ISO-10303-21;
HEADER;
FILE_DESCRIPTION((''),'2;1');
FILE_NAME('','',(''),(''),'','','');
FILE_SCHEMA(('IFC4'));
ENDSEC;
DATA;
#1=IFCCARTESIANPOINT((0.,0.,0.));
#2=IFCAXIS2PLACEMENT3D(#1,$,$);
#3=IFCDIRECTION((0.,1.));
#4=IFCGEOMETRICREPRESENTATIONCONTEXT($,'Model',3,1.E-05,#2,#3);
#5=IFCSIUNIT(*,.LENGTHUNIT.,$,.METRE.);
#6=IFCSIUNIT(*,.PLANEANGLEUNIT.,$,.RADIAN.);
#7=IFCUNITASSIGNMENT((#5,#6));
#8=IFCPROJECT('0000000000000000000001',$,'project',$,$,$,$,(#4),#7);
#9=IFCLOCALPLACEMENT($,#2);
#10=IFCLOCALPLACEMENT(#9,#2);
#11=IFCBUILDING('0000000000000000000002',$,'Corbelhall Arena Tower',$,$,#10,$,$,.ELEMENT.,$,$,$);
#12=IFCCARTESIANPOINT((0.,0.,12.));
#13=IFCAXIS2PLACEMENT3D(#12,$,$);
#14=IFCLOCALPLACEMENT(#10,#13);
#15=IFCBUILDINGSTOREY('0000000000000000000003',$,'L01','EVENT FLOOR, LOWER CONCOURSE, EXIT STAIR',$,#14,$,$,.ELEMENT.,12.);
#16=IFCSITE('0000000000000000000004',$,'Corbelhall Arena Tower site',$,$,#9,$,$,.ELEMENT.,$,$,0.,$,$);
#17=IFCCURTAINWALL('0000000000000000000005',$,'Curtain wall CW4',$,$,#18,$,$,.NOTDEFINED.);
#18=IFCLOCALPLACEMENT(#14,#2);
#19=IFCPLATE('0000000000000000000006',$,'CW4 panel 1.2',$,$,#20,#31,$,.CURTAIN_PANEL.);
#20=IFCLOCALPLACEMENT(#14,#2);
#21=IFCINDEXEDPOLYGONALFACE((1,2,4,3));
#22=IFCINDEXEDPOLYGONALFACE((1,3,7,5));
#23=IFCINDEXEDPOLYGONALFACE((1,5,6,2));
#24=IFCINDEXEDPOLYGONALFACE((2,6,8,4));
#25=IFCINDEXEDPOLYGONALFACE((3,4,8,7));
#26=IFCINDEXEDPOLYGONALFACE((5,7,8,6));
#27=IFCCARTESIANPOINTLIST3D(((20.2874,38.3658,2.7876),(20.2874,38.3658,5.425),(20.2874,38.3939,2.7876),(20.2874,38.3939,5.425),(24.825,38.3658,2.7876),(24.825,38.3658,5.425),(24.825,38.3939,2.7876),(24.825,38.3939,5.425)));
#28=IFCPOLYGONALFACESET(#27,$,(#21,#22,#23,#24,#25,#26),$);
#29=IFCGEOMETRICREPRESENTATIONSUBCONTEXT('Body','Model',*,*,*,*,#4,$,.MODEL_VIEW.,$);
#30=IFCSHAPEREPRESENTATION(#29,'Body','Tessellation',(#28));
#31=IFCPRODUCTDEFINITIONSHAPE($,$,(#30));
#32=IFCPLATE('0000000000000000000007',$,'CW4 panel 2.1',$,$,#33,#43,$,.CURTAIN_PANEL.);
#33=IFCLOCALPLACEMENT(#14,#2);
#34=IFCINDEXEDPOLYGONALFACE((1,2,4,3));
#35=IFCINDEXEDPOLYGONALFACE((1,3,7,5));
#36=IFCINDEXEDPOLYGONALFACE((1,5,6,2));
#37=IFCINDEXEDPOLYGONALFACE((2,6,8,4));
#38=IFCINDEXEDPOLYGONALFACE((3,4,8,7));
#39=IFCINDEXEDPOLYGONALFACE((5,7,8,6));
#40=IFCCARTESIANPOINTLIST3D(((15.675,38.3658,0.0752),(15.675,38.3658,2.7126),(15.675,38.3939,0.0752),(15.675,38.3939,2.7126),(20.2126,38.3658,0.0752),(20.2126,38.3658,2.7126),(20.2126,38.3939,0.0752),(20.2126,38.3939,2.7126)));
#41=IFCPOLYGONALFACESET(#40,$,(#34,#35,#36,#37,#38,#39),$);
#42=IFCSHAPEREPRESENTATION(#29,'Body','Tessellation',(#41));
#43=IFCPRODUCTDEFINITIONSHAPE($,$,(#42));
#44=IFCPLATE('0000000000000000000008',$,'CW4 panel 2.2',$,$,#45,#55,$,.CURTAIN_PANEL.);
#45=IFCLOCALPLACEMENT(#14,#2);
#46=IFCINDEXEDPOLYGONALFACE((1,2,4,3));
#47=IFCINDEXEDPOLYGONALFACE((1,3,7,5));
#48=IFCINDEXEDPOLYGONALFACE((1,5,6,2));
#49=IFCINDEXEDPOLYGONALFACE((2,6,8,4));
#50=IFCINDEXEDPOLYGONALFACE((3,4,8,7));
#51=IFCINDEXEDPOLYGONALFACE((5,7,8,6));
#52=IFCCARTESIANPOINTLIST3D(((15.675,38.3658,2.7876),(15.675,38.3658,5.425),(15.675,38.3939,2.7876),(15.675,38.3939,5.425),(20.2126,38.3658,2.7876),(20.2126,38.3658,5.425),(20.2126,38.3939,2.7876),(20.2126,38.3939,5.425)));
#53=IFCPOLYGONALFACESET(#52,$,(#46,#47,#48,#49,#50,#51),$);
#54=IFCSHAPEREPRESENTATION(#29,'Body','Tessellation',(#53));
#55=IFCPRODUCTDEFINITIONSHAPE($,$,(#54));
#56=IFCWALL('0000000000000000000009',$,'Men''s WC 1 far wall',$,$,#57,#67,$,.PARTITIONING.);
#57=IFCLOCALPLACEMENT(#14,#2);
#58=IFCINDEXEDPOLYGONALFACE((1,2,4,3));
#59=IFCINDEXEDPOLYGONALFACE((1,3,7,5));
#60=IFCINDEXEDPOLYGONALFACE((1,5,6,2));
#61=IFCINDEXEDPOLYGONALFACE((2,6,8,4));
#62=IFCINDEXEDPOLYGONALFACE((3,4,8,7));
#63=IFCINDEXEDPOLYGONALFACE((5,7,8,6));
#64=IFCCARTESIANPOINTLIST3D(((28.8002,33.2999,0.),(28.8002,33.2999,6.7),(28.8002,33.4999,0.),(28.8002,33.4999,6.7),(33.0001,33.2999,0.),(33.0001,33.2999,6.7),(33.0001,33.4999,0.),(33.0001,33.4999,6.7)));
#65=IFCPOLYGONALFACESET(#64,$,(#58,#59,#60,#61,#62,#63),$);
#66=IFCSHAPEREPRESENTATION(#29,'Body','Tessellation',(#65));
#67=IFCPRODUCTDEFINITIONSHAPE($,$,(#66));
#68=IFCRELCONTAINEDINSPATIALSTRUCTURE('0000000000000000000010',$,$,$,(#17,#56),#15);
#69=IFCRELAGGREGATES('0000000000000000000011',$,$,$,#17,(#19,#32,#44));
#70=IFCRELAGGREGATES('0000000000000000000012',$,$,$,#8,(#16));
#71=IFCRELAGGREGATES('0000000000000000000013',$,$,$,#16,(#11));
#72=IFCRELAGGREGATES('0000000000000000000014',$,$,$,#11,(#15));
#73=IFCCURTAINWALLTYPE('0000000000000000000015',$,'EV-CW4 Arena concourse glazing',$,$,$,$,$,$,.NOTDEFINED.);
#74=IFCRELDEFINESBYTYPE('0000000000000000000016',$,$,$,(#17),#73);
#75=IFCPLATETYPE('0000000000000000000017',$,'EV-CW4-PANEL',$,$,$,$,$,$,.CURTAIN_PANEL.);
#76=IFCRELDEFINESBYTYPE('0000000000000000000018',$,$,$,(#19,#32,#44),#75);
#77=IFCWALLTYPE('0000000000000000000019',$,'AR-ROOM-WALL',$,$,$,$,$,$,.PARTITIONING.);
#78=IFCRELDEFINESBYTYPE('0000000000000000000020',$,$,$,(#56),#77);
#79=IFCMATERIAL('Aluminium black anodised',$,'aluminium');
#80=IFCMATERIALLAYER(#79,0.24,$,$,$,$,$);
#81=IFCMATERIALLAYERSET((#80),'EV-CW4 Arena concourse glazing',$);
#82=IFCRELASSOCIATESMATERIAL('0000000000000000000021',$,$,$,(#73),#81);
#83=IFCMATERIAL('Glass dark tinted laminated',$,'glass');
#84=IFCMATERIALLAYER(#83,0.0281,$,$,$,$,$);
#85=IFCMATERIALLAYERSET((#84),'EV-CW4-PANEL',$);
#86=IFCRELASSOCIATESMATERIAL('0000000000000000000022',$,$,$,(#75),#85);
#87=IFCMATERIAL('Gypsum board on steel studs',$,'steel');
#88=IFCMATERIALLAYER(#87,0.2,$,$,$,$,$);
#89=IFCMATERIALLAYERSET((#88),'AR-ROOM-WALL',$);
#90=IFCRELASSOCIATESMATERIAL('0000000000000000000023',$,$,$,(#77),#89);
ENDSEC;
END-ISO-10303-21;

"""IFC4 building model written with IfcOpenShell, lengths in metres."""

from ifc_helpers import new_model, si_unit, direction, frame, frame_2d, origin, origin_2d, place, context, subcontext, project, spatial, rectangle, extrude, material, layer, layer_set, type_object, element, aggregate, save


model = new_model("IFC4")

# Units and contexts
model_context = context("Model", 3, precision=1e-05, world=origin(), true_north=direction((0.0, 1.0)))
body_context = subcontext(model_context, "Body", "Model", "MODEL_VIEW")
ifc_project = project(units=[si_unit("LENGTHUNIT", "METRE"), si_unit("PLANEANGLEUNIT", "RADIAN")], contexts=[model_context])

# Site, building, storey
site_placement = place(None, origin())
site = spatial("IfcSite", under=ifc_project, at=site_placement, Name="Corbelhall Arena Tower site", CompositionType="ELEMENT", RefElevation=0.0)
building_placement = place(site_placement, origin())
building = spatial("IfcBuilding", under=site, at=building_placement, Name="Corbelhall Arena Tower", CompositionType="ELEMENT")
storey_placement = place(building_placement, frame((0.0, 0.0, 12.0)))
storey = spatial("IfcBuildingStorey", under=building, at=storey_placement, Name="L01", Description="EVENT FLOOR, LOWER CONCOURSE, EXIT STAIR", CompositionType="ELEMENT", Elevation=12.0)

# Shared definitions
ifc_material_1 = material(Name="Aluminium black anodised", Category="aluminium")
ifc_layer_1 = layer(ifc_material_1, 0.24)
ifc_layer_set_1 = layer_set([ifc_layer_1], Name="EV-CW4 Arena concourse glazing")
curtain_wall_type = type_object("IfcCurtainWallType", Name="EV-CW4 Arena concourse glazing", PredefinedType="NOTDEFINED", material=ifc_layer_set_1)

# Curtain wall
curtain_wall_1_placement = place(storey_placement, origin())
curtain_wall_1 = element("IfcCurtainWall", 1, at=curtain_wall_1_placement, inside=storey, type_object=curtain_wall_type, Name="Curtain wall CW4", PredefinedType="NOTDEFINED")

# Plates
ifc_material_2 = material(Name="Glass dark tinted laminated", Category="glass")
ifc_layer_2 = layer(ifc_material_2, 0.0281)
ifc_layer_set_2 = layer_set([ifc_layer_2], Name="EV-CW4-PANEL")
plate_type = type_object("IfcPlateType", Name="EV-CW4-PANEL", PredefinedType="CURTAIN_PANEL", material=ifc_layer_set_2)
plate_1_placement = place(storey_placement, frame((22.5562, 38.3799, 2.7876), z_axis=(0.0, 0.0, 1.0), x_axis=(-1.0, 0.0, 0.0)))
plate_1 = element("IfcPlate", 2, at=plate_1_placement, type_object=plate_type, Name="CW4 panel 1.2", PredefinedType="CURTAIN_PANEL", context=body_context, shape_type="SweptSolid", body=[
    extrude(rectangle(XDim=4.5376, YDim=0.0281, at=origin_2d()), origin(), (0.0, 0.0, 1.0), 2.6375),
])
plate_2_placement = place(storey_placement, frame((17.9438, 38.3799, 0.0752), z_axis=(0.0, 0.0, 1.0), x_axis=(-1.0, 0.0, 0.0)))
plate_2 = element("IfcPlate", 3, at=plate_2_placement, type_object=plate_type, Name="CW4 panel 2.1", PredefinedType="CURTAIN_PANEL", context=body_context, shape_type="SweptSolid", body=[
    extrude(rectangle(XDim=4.5376, YDim=0.0281, at=origin_2d()), origin(), (0.0, 0.0, 1.0), 2.6375),
])
plate_3_placement = place(storey_placement, frame((17.9438, 38.3799, 2.7876), z_axis=(0.0, 0.0, 1.0), x_axis=(-1.0, 0.0, 0.0)))
plate_3 = element("IfcPlate", 4, at=plate_3_placement, type_object=plate_type, Name="CW4 panel 2.2", PredefinedType="CURTAIN_PANEL", context=body_context, shape_type="SweptSolid", body=[
    extrude(rectangle(XDim=4.5376, YDim=0.0281, at=origin_2d()), origin(), (0.0, 0.0, 1.0), 2.6375),
])
aggregate(curtain_wall_1, [plate_1, plate_2, plate_3])

# Wall
ifc_material_3 = material(Name="Gypsum board on steel studs", Category="steel")
ifc_layer_3 = layer(ifc_material_3, 0.2)
ifc_layer_set_3 = layer_set([ifc_layer_3], Name="AR-ROOM-WALL")
wall_type = type_object("IfcWallType", Name="AR-ROOM-WALL", PredefinedType="PARTITIONING", material=ifc_layer_set_3)
wall_placement = place(storey_placement, frame((28.8, 33.3999, 0.0), z_axis=(0.0, 0.0, 1.0), x_axis=(1.0, 0.0, 0.0)))
element("IfcWall", 5, at=wall_placement, inside=storey, type_object=wall_type, Name="Men's WC 1 far wall", PredefinedType="PARTITIONING", context=body_context, shape_type="SweptSolid", body=[
    extrude(rectangle(XDim=4.2, YDim=0.2, at=frame_2d((2.1001, 0.0))), origin(), (0.0, 0.0, 1.0), 6.7),
])

save(model, "model.ifc")
